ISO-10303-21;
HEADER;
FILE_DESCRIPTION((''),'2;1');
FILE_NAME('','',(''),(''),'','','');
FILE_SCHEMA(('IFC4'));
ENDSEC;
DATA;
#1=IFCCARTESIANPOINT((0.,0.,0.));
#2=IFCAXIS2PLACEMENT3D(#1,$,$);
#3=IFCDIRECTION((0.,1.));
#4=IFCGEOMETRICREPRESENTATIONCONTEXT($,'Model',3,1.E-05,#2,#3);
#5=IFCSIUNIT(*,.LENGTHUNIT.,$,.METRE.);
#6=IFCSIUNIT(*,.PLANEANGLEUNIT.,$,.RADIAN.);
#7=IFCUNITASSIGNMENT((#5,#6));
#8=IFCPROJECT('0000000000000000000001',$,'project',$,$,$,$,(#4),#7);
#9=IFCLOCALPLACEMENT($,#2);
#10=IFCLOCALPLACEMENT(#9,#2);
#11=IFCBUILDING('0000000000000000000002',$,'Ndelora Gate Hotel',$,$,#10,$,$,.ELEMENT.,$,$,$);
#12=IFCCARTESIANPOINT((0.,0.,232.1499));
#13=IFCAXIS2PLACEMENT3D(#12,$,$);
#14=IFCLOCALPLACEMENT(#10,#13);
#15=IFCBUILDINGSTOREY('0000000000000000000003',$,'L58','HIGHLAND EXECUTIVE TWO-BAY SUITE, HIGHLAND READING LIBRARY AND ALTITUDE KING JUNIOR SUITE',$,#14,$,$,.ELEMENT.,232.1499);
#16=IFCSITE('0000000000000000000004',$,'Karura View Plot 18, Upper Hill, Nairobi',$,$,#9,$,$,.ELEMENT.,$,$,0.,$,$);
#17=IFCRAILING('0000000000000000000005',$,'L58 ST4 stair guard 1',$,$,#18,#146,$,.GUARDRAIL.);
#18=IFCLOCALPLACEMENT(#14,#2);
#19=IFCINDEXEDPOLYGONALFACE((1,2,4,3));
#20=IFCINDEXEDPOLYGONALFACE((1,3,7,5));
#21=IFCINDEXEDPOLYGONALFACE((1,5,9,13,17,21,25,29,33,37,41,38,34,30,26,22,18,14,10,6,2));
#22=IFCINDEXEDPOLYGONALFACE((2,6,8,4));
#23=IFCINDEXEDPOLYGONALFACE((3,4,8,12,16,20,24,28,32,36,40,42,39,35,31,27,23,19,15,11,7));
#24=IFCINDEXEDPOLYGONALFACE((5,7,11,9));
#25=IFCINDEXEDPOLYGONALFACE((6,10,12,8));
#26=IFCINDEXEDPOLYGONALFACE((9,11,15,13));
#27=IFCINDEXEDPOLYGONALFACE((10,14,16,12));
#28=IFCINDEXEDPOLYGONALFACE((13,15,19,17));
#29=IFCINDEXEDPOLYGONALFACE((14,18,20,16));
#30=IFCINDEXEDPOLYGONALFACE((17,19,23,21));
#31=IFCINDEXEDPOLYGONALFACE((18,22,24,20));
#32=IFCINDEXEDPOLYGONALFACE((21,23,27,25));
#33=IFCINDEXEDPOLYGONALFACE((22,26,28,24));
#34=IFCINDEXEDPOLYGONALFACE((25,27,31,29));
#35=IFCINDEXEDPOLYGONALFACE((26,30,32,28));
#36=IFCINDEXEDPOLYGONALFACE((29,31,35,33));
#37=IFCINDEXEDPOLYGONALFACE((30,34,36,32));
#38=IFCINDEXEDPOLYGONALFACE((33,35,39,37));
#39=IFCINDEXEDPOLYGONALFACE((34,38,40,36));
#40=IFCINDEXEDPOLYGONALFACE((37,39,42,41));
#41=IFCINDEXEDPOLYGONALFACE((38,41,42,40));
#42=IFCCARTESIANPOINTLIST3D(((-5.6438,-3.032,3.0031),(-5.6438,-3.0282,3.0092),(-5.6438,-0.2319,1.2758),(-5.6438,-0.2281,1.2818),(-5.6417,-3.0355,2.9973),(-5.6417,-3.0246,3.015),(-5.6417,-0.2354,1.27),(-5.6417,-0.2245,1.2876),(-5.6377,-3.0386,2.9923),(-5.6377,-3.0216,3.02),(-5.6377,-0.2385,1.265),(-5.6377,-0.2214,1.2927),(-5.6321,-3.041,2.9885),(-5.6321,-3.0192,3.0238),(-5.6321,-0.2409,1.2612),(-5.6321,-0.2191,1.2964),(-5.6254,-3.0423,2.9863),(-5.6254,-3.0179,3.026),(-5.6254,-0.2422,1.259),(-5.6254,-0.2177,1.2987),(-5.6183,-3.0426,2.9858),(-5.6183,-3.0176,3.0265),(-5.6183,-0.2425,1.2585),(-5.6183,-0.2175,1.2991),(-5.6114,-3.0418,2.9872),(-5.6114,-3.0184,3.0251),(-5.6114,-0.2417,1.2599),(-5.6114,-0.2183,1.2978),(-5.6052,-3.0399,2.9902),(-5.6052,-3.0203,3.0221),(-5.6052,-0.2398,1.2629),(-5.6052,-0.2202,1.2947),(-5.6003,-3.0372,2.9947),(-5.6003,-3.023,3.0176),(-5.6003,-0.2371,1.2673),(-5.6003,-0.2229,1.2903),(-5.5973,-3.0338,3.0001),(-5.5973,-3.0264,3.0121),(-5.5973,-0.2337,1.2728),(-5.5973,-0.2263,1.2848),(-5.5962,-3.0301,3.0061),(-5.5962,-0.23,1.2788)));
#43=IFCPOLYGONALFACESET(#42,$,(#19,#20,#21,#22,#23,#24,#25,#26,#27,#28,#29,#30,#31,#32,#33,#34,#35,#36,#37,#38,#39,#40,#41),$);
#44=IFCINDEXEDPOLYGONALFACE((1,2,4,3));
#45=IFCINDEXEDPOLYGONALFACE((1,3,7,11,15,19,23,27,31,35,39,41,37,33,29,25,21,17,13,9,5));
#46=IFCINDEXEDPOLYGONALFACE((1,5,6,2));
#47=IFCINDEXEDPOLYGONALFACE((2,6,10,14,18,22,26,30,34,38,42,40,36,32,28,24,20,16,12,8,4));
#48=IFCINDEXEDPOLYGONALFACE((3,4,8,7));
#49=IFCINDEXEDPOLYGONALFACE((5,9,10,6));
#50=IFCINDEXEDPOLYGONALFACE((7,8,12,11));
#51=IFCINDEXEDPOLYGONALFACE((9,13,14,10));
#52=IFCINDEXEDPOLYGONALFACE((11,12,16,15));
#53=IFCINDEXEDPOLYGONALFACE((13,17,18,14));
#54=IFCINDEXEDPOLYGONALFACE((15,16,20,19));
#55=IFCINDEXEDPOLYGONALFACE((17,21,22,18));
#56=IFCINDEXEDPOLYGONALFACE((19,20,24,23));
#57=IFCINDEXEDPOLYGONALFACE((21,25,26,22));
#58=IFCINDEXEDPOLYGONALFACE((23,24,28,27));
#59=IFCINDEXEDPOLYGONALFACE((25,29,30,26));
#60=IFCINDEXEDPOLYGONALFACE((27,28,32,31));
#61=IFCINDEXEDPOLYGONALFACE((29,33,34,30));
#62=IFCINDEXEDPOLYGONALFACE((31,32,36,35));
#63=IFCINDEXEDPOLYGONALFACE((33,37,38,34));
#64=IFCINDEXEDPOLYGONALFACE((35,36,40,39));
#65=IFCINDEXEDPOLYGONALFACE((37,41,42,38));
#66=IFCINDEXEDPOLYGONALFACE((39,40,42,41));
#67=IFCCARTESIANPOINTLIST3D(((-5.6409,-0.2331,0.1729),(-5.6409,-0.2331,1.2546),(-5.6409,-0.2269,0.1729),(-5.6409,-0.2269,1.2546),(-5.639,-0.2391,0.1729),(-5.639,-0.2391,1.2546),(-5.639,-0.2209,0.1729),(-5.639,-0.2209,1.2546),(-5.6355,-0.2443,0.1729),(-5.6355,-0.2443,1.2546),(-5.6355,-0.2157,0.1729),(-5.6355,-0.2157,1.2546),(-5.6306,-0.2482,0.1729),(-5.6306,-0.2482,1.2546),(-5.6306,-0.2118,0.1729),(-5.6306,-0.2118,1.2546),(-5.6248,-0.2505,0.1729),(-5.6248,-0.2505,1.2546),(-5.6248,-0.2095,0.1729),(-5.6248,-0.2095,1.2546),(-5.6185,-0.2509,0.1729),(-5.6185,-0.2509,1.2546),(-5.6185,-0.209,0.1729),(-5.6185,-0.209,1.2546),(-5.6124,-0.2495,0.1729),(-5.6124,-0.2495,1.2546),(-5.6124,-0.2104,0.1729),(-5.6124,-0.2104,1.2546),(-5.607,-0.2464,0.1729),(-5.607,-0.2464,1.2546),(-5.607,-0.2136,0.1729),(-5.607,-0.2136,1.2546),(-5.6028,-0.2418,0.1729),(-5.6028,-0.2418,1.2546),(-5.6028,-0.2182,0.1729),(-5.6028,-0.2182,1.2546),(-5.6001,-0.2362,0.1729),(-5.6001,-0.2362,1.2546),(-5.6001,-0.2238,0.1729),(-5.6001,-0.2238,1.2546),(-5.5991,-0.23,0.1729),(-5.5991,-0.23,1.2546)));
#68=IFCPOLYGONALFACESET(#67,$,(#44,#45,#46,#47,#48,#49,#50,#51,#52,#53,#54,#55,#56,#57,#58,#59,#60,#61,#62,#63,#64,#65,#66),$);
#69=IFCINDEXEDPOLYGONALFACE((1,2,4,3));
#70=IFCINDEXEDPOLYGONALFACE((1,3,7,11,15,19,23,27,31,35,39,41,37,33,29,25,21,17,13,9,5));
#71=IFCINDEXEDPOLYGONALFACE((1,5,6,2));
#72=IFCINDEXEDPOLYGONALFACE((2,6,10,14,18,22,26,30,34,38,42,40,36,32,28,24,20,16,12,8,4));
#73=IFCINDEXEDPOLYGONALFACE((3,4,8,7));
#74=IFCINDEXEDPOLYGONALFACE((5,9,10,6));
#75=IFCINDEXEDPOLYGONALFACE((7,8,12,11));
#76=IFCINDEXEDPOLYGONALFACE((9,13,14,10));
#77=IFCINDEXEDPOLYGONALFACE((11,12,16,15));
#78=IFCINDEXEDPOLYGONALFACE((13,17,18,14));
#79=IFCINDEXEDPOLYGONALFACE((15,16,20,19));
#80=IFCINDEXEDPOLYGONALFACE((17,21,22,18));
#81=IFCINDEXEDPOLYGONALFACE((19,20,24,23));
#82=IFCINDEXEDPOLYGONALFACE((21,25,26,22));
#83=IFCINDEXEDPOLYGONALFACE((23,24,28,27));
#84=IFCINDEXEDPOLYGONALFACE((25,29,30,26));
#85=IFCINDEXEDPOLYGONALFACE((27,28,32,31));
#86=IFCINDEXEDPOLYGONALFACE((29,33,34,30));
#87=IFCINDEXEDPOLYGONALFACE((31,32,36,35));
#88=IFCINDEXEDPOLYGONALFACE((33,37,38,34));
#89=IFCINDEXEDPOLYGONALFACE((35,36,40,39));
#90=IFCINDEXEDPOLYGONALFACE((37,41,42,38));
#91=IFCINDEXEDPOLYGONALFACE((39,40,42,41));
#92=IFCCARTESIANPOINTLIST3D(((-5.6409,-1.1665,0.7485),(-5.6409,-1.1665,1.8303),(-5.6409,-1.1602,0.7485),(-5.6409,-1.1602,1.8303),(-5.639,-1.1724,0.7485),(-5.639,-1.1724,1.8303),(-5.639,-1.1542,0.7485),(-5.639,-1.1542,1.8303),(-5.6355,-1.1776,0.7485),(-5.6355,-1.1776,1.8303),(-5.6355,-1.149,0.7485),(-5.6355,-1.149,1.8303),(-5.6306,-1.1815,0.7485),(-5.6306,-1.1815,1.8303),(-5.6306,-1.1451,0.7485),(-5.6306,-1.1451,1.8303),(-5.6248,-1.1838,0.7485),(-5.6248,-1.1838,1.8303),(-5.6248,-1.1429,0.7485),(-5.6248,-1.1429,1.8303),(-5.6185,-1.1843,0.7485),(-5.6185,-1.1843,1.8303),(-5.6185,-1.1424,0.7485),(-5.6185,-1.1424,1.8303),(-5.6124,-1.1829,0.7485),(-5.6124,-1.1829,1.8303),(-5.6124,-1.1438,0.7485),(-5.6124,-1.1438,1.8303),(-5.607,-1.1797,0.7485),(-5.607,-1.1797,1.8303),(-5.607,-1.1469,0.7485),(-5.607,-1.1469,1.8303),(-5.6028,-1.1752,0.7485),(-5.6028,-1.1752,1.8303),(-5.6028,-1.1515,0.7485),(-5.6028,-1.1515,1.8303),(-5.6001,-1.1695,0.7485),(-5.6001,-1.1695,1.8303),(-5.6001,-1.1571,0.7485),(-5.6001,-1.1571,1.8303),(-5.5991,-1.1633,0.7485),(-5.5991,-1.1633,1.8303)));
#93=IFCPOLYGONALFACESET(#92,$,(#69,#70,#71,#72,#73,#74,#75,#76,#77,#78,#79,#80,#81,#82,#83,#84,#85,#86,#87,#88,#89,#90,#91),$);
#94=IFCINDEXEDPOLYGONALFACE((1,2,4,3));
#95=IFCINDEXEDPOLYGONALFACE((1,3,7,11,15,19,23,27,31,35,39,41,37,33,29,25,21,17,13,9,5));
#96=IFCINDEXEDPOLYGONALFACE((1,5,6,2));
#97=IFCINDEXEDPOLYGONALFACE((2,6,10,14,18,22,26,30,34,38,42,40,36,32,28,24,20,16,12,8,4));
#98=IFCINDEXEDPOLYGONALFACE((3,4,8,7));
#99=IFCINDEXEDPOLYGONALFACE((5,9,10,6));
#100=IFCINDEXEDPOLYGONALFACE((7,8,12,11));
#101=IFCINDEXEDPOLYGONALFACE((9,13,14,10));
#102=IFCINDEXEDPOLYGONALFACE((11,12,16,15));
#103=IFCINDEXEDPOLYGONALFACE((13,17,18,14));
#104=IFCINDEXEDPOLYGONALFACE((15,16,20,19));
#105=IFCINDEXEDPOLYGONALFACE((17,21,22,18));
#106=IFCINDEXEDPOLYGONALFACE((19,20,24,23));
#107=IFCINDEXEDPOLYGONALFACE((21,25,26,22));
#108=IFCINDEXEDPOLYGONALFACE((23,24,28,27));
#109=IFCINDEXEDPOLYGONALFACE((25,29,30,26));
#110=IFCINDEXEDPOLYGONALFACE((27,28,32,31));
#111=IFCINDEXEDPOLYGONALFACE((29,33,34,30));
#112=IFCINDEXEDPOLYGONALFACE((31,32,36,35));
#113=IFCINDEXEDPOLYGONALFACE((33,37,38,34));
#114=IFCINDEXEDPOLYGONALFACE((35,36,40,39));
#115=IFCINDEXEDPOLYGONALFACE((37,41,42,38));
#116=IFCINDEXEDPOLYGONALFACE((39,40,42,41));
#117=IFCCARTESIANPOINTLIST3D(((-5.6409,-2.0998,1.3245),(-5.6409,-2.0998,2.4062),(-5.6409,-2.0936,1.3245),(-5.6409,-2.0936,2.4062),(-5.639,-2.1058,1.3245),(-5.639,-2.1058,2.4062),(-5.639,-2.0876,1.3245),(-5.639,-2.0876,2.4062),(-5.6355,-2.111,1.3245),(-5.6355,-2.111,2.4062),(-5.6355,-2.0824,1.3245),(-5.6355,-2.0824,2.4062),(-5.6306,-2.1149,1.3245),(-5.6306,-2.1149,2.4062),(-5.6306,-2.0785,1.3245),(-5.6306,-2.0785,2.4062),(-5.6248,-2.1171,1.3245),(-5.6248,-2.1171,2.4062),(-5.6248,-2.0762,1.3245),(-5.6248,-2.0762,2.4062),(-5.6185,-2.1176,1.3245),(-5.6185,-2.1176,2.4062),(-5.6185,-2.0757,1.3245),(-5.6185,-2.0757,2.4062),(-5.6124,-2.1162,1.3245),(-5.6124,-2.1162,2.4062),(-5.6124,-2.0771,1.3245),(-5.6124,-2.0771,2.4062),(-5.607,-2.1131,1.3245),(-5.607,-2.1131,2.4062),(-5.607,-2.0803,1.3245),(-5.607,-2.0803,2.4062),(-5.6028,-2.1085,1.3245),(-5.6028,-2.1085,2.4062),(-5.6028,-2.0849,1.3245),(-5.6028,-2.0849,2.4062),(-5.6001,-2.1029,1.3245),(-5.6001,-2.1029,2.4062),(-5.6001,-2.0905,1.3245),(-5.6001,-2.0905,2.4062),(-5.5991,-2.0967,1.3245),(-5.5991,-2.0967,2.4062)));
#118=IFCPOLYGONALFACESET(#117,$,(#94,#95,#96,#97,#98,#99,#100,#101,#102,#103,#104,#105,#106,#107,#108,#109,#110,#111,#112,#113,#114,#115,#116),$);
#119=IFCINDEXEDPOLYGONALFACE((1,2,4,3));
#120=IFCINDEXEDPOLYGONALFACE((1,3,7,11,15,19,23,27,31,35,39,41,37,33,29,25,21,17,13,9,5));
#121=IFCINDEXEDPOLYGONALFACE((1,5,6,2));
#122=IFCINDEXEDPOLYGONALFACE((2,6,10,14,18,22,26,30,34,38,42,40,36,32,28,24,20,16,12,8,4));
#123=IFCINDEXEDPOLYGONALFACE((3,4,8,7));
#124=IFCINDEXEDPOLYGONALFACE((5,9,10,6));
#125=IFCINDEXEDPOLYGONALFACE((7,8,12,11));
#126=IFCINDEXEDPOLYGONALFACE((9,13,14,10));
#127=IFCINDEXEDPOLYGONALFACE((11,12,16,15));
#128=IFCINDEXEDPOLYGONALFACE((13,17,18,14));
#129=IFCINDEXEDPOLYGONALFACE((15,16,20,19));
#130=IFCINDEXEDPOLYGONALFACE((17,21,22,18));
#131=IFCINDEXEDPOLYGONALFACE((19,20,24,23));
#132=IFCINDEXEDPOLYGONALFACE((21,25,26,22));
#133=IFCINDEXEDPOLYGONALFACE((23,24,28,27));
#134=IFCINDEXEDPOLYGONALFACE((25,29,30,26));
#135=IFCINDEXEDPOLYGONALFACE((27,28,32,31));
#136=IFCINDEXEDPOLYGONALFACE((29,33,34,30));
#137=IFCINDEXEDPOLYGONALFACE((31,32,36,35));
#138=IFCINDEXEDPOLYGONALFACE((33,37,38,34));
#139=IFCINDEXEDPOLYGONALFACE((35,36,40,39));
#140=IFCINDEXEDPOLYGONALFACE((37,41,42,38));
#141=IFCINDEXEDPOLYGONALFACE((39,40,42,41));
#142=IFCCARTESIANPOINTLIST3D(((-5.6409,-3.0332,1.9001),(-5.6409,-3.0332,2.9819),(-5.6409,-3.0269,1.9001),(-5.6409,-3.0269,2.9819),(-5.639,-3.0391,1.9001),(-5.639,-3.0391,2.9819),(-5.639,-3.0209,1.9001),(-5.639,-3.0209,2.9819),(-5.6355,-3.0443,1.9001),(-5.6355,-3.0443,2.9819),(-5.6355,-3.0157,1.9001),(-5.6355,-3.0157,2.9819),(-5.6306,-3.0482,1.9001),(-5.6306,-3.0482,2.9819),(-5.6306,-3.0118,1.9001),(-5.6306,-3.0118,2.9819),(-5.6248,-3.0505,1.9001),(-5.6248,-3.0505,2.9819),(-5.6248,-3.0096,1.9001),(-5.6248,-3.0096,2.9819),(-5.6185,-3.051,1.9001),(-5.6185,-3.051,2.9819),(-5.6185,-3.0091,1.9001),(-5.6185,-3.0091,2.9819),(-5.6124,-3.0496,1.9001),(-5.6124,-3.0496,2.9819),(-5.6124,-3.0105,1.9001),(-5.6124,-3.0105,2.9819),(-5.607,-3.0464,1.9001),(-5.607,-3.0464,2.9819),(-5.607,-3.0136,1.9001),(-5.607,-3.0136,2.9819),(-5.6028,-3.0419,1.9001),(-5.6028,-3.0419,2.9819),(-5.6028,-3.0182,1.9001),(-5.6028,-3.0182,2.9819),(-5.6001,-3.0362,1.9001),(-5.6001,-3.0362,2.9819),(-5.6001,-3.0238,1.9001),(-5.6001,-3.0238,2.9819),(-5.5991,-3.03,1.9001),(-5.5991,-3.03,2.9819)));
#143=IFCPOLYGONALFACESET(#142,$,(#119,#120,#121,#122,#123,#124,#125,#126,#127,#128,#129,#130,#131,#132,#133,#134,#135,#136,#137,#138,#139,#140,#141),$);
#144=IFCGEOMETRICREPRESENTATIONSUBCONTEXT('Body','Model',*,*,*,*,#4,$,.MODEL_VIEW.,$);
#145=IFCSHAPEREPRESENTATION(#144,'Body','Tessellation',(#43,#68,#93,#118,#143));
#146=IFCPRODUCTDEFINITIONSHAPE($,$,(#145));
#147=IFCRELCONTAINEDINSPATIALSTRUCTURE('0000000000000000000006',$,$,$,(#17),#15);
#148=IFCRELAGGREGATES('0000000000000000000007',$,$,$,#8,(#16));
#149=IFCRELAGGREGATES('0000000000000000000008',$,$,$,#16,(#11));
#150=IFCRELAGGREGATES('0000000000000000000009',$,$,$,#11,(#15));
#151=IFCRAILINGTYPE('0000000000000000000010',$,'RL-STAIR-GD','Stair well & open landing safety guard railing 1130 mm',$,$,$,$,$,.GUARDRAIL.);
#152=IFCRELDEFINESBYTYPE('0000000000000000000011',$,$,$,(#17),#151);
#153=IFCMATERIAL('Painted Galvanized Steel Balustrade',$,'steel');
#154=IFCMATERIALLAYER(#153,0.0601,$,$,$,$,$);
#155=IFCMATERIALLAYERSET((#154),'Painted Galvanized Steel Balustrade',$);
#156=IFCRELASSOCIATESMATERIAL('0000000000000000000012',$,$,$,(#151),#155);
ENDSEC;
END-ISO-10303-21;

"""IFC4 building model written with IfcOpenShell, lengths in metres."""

from ifc_helpers import new_model, si_unit, direction, frame, origin, origin_2d, place, context, subcontext, project, spatial, circle, extrude, material, layer, layer_set, type_object, element, save


model = new_model("IFC4")

# Units and contexts
model_context = context("Model", 3, precision=1e-05, world=origin(), true_north=direction((0.0, 1.0)))
body_context = subcontext(model_context, "Body", "Model", "MODEL_VIEW")
ifc_project = project(units=[si_unit("LENGTHUNIT", "METRE"), si_unit("PLANEANGLEUNIT", "RADIAN")], contexts=[model_context])

# Site, building, storey
site_placement = place(None, origin())
site = spatial("IfcSite", under=ifc_project, at=site_placement, Name="Karura View Plot 18, Upper Hill, Nairobi", CompositionType="ELEMENT", RefElevation=0.0)
building_placement = place(site_placement, origin())
building = spatial("IfcBuilding", under=site, at=building_placement, Name="Ndelora Gate Hotel", CompositionType="ELEMENT")
storey_placement = place(building_placement, frame((0.0, 0.0, 232.1499)))
storey = spatial("IfcBuildingStorey", under=building, at=storey_placement, Name="L58", Description="HIGHLAND EXECUTIVE TWO-BAY SUITE, HIGHLAND READING LIBRARY AND ALTITUDE KING JUNIOR SUITE", CompositionType="ELEMENT", Elevation=232.1499)

# Railing
ifc_material_1 = material(Name="Painted Galvanized Steel Balustrade", Category="steel")
ifc_layer_1 = layer(ifc_material_1, 0.0601)
ifc_layer_set_1 = layer_set([ifc_layer_1], Name="Painted Galvanized Steel Balustrade")
railing_type_1 = type_object("IfcRailingType", Name="RL-STAIR-GD", Description="Stair well & open landing safety guard railing 1130 mm", PredefinedType="GUARDRAIL", material=ifc_layer_set_1)
railing_1_placement = place(storey_placement, frame((-5.6201, -0.23, 0.1729)))
element("IfcRailing", 1, at=railing_1_placement, inside=storey, type_object=railing_type_1, Name="L58 ST4 stair guard 1", PredefinedType="GUARDRAIL", context=body_context, shape_type="SweptSolid", body=[
    extrude(circle(Radius=0.0239, at=origin_2d()), frame((0.0, 0.0, 1.106), z_axis=(0.0, -0.85109, 0.52502), x_axis=(1.0, 0.0, 0.0)), (0.0, 0.0, 1.0), 3.29),
    extrude(circle(Radius=0.021, at=origin_2d()), origin(), (0.0, 0.0, 1.0), 1.0818),
    extrude(circle(Radius=0.021, at=origin_2d()), frame((0.0, -0.9333, 0.5757)), (0.0, 0.0, 1.0), 1.0818),
    extrude(circle(Radius=0.021, at=origin_2d()), frame((0.0, -1.8667, 1.1516)), (0.0, 0.0, 1.0), 1.0818),
    extrude(circle(Radius=0.021, at=origin_2d()), frame((0.0, -2.8, 1.7273)), (0.0, 0.0, 1.0), 1.0818),
])

save(model, "model.ifc")
